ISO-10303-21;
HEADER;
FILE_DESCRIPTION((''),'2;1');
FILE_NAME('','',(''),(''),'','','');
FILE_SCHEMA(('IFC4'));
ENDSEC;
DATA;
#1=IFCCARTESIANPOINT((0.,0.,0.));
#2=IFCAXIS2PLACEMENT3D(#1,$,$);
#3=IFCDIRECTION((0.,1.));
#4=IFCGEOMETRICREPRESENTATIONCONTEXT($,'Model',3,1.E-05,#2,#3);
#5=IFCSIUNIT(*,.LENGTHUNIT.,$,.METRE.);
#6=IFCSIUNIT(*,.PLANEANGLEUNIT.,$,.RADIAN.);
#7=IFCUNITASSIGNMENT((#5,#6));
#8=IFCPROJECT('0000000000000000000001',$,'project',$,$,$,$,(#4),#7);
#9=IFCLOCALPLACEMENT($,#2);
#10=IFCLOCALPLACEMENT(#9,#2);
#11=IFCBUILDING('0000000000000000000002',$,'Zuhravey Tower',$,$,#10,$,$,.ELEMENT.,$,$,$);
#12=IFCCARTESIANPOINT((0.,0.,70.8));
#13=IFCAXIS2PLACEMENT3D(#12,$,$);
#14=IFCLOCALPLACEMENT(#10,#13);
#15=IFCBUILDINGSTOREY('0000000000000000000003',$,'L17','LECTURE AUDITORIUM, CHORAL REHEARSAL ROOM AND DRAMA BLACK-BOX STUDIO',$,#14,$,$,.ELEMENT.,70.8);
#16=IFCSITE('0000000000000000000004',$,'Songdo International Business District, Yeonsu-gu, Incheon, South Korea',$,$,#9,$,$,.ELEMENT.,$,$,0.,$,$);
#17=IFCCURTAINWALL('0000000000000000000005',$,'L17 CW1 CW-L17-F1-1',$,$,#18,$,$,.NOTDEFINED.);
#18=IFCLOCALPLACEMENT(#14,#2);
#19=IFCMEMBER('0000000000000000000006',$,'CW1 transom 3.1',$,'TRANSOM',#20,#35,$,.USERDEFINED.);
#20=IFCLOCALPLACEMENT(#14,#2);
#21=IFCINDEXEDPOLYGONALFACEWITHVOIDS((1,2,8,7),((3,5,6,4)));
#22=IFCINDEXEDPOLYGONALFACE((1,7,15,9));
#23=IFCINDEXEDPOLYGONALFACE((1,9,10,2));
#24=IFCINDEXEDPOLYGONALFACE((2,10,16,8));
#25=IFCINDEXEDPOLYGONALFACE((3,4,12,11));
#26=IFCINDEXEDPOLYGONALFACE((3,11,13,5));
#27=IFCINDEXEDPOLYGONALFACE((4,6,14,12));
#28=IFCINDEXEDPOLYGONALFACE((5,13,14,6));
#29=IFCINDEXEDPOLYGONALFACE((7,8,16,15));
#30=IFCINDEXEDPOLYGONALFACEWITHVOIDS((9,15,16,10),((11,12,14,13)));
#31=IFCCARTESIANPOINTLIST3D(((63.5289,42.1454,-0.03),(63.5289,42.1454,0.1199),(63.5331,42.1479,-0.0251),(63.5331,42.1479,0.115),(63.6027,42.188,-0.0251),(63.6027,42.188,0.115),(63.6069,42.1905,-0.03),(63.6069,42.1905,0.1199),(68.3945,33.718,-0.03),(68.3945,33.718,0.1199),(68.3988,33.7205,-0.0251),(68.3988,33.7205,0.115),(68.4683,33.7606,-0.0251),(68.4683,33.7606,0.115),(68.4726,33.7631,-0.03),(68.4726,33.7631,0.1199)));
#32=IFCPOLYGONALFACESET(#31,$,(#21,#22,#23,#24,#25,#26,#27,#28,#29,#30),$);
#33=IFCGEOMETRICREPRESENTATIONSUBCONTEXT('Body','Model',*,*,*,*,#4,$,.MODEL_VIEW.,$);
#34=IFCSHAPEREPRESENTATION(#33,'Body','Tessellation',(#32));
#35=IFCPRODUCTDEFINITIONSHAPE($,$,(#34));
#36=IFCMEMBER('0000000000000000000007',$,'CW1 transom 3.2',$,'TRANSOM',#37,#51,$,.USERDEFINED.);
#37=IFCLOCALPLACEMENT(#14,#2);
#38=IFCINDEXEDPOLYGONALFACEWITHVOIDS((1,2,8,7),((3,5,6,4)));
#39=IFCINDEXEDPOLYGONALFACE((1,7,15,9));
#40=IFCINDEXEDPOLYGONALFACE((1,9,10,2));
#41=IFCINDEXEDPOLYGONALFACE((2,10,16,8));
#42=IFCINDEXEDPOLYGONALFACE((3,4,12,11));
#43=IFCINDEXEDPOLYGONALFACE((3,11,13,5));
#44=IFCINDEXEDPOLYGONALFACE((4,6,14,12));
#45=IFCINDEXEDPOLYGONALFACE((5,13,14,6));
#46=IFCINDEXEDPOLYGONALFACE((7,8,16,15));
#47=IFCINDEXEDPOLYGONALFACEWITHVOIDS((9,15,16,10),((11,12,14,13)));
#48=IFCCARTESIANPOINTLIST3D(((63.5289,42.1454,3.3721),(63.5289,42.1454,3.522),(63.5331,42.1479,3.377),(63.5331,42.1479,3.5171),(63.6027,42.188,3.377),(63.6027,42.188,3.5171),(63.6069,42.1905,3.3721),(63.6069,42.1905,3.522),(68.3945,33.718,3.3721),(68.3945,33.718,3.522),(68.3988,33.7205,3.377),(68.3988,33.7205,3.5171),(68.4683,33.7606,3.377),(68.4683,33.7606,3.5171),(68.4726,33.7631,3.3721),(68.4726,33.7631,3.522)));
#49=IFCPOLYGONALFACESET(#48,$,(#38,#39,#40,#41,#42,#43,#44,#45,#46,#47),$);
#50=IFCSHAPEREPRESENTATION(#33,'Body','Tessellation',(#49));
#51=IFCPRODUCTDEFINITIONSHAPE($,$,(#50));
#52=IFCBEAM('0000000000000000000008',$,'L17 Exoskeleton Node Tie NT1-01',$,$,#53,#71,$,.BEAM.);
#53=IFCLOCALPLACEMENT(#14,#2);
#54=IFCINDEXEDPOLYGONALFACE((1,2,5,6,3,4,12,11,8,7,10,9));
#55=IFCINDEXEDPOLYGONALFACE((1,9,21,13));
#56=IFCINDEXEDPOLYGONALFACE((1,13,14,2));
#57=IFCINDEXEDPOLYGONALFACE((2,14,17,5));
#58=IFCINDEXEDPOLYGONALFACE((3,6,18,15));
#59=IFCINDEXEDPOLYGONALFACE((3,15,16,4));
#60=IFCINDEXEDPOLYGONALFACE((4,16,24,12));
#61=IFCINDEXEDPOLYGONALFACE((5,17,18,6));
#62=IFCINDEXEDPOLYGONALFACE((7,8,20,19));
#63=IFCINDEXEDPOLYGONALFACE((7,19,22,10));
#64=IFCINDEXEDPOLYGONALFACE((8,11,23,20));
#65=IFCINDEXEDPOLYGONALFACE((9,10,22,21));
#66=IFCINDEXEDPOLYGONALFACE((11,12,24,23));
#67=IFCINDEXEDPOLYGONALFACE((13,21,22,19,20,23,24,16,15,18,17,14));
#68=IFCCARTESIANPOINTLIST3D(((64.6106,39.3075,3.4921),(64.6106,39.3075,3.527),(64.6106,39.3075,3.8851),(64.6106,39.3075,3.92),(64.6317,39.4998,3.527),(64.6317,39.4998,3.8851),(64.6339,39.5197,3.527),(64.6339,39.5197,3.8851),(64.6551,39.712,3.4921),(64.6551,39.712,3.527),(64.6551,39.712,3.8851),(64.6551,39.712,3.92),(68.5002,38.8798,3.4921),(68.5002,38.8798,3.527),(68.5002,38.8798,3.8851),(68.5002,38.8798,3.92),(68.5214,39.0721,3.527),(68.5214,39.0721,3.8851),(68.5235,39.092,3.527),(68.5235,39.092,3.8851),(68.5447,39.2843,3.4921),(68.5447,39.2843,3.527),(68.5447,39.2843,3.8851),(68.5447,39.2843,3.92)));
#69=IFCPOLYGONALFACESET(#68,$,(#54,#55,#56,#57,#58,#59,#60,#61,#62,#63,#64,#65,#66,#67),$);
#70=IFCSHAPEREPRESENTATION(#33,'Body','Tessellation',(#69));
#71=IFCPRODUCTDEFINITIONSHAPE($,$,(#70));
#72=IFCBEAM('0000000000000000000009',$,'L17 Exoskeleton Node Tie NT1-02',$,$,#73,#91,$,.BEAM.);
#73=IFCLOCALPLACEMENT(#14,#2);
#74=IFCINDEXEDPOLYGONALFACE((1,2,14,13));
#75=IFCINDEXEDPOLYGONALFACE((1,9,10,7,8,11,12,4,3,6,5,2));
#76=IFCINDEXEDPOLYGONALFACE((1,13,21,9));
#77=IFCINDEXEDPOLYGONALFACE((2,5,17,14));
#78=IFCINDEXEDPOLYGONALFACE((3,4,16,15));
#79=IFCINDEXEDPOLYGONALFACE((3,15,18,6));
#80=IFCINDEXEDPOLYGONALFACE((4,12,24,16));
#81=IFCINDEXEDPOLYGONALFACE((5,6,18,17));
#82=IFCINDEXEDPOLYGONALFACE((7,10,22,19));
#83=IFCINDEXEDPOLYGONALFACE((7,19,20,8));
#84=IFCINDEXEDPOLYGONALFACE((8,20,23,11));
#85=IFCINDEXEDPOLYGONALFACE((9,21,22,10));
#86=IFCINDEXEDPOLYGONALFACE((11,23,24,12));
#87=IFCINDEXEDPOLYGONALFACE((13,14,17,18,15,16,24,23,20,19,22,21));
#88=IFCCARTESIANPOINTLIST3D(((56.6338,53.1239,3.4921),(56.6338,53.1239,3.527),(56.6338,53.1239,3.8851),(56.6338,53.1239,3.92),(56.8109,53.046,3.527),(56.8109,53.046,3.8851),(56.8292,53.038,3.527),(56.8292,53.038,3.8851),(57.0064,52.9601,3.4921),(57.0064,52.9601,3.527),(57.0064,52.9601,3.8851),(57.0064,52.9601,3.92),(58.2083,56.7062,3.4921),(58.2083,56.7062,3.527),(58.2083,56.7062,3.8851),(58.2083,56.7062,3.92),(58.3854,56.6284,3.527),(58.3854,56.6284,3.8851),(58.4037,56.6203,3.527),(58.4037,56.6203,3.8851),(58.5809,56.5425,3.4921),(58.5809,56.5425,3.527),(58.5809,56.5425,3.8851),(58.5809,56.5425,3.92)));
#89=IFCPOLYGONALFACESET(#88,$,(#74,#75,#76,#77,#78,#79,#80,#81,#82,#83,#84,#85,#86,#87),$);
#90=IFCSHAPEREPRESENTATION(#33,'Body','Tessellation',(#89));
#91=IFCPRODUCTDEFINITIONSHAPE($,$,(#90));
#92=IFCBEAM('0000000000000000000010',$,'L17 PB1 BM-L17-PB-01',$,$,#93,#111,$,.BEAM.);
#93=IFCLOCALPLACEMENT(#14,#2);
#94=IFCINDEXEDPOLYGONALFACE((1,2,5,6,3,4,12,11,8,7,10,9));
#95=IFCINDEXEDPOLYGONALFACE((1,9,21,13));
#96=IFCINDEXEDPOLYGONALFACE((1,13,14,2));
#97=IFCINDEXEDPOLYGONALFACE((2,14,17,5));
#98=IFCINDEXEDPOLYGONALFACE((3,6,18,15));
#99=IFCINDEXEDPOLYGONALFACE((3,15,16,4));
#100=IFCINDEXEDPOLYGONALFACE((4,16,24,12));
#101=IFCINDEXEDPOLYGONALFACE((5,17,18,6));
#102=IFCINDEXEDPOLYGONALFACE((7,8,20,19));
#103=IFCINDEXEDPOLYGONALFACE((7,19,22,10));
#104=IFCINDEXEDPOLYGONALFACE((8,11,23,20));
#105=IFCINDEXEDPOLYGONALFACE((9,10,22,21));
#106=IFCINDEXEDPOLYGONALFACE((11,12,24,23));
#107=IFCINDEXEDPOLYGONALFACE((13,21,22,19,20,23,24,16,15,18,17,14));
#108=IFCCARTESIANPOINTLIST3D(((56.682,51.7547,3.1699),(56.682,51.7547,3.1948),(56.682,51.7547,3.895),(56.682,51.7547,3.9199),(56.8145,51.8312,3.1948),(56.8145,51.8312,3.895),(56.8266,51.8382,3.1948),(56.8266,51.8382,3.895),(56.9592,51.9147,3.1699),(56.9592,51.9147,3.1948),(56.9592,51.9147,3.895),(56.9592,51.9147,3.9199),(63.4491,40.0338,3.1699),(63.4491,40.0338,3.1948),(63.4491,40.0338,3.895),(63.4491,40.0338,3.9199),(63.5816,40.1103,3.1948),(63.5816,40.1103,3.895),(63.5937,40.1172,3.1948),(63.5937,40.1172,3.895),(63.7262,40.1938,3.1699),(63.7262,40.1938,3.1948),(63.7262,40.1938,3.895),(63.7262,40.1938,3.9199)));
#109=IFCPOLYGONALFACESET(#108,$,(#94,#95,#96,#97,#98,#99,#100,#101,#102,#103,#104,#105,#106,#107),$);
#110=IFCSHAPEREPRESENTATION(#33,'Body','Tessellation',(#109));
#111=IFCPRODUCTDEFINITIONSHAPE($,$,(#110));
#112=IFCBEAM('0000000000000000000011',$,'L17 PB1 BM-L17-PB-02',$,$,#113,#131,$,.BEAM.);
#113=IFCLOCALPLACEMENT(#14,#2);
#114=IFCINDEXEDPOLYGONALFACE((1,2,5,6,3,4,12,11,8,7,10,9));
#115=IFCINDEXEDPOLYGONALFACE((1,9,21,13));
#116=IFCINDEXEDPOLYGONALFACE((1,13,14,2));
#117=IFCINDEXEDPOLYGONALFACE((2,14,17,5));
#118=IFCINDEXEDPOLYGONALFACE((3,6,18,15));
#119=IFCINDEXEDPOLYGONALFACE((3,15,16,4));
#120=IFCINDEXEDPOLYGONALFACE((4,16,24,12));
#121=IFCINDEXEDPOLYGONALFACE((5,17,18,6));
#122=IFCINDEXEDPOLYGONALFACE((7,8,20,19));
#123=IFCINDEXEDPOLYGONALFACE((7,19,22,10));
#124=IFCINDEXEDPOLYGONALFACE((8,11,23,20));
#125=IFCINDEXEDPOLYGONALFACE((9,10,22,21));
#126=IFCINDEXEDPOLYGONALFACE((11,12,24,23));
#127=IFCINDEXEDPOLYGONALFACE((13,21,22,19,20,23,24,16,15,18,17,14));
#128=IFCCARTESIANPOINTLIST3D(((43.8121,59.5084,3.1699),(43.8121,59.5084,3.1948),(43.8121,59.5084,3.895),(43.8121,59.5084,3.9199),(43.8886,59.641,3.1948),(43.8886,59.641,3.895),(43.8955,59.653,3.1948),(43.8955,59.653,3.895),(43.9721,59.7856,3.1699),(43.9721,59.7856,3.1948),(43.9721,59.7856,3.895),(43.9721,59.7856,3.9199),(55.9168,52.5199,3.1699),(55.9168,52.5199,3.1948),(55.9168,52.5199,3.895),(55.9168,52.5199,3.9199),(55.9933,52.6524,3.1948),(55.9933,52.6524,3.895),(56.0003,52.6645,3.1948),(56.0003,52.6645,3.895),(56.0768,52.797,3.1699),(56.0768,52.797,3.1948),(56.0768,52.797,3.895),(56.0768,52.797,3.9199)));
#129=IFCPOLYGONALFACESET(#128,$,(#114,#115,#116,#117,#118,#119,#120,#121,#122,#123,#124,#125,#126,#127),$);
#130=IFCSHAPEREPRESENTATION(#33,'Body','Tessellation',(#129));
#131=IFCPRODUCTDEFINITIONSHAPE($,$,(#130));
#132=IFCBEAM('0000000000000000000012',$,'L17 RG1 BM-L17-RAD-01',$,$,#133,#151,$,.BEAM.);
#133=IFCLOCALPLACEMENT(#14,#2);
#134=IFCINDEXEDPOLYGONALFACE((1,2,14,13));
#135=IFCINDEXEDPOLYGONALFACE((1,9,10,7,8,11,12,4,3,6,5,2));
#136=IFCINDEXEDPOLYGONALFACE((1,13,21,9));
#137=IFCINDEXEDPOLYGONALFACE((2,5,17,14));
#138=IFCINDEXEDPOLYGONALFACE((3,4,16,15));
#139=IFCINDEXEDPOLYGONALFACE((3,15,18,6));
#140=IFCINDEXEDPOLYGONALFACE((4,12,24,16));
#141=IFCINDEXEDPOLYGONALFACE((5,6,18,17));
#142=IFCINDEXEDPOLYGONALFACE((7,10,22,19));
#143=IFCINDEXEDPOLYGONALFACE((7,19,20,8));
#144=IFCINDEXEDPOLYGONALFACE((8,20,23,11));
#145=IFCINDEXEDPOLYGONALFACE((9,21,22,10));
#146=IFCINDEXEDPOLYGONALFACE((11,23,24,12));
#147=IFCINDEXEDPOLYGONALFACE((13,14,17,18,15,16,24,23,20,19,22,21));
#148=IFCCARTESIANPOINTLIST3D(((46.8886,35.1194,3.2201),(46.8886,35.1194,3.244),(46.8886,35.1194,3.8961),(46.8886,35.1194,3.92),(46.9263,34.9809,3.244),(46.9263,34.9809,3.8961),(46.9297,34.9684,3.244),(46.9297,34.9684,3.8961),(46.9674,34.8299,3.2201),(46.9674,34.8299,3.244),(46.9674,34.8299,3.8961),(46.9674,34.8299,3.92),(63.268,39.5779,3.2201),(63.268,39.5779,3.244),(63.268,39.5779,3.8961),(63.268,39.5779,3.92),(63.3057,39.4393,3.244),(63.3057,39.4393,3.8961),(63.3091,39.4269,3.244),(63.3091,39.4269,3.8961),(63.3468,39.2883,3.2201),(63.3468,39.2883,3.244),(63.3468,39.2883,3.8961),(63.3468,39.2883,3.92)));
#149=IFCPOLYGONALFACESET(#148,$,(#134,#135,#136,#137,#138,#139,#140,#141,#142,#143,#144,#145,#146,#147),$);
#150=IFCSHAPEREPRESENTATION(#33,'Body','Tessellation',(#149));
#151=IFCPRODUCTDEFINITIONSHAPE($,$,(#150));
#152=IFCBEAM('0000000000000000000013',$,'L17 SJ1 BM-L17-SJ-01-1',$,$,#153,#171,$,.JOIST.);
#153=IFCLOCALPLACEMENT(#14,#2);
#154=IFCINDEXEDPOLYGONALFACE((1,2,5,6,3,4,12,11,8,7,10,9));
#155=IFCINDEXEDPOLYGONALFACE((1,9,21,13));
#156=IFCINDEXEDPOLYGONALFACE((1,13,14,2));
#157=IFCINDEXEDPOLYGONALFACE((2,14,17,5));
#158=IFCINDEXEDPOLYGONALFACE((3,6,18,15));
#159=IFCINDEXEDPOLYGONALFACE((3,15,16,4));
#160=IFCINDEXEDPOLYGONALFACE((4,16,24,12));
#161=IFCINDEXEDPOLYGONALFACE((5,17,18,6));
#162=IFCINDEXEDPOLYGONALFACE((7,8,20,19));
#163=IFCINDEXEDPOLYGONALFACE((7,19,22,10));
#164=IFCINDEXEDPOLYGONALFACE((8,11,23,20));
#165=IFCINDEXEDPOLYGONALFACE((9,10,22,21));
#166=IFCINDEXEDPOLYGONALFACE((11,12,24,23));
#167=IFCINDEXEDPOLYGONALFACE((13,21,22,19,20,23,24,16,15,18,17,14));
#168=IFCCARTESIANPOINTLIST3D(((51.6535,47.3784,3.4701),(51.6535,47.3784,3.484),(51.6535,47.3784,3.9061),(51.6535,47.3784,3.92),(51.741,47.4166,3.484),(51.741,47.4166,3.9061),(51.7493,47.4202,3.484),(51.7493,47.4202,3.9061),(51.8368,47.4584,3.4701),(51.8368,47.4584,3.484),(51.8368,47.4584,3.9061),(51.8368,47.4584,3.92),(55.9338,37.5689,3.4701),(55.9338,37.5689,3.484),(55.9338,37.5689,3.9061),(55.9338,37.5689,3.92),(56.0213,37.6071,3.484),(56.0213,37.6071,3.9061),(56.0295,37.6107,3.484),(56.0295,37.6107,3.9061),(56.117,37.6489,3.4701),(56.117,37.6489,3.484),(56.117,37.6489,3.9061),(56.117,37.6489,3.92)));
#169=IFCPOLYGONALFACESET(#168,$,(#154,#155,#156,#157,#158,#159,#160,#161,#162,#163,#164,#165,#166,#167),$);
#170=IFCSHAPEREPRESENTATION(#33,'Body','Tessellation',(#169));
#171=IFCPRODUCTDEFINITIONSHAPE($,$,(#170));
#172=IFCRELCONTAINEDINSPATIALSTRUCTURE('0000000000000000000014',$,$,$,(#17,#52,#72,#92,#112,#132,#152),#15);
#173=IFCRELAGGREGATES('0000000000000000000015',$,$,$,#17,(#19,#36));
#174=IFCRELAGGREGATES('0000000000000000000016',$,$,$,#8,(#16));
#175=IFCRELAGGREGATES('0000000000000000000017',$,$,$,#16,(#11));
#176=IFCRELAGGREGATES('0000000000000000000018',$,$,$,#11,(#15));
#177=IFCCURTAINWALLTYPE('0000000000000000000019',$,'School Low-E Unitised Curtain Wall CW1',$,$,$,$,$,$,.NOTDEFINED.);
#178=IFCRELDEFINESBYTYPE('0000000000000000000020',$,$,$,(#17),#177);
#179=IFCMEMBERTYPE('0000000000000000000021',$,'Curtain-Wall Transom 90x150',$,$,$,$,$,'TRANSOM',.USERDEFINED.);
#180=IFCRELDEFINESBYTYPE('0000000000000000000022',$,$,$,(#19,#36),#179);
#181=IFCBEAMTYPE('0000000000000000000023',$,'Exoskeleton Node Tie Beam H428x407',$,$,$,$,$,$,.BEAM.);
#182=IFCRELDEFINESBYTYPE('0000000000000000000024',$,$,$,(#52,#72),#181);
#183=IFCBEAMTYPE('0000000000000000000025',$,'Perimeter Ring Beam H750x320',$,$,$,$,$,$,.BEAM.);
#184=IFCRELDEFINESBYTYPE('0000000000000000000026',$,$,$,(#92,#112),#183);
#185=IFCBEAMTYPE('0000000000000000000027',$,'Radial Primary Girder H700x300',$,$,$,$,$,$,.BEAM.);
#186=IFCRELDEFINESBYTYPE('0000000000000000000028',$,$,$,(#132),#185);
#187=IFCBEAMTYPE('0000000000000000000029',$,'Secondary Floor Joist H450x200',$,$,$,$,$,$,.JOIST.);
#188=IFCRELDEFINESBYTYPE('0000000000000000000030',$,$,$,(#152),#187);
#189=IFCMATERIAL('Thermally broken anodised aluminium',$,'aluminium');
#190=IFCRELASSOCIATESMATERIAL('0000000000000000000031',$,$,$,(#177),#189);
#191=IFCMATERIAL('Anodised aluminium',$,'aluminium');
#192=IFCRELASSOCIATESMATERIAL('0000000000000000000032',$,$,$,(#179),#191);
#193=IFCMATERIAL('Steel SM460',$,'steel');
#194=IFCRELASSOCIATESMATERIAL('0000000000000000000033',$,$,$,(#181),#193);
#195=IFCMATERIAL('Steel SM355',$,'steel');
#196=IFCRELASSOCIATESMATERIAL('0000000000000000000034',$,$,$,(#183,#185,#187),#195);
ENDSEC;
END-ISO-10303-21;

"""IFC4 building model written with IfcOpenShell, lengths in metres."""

from ifc_helpers import new_model, si_unit, direction, frame, origin, origin_2d, place, context, subcontext, project, spatial, hollow_rectangle, i_section, extrude, material, material_profile, profile_set, type_object, element, aggregate, save


model = new_model("IFC4")

# Units and contexts
model_context = context("Model", 3, precision=1e-05, world=origin(), true_north=direction((0.0, 1.0)))
body_context = subcontext(model_context, "Body", "Model", "MODEL_VIEW")
ifc_project = project(units=[si_unit("LENGTHUNIT", "METRE"), si_unit("PLANEANGLEUNIT", "RADIAN")], contexts=[model_context])

# Site, building, storey
site_placement = place(None, origin())
site = spatial("IfcSite", under=ifc_project, at=site_placement, Name="Songdo International Business District, Yeonsu-gu, Incheon, South Korea", CompositionType="ELEMENT", RefElevation=0.0)
building_placement = place(site_placement, origin())
building = spatial("IfcBuilding", under=site, at=building_placement, Name="Zuhravey Tower", CompositionType="ELEMENT")
storey_placement = place(building_placement, frame((0.0, 0.0, 70.8)))
storey = spatial("IfcBuildingStorey", under=building, at=storey_placement, Name="L17", Description="LECTURE AUDITORIUM, CHORAL REHEARSAL ROOM AND DRAMA BLACK-BOX STUDIO", CompositionType="ELEMENT", Elevation=70.8)

# Shared definitions
ifc_material_1 = material(Name="Thermally broken anodised aluminium", Category="aluminium")
curtain_wall_type = type_object("IfcCurtainWallType", Name="School Low-E Unitised Curtain Wall CW1", PredefinedType="NOTDEFINED", material=ifc_material_1)
ifc_material_2 = material(Name="Anodised aluminium", Category="aluminium")

# Curtain wall, members
curtain_wall_1_placement = place(storey_placement, origin())
curtain_wall_1 = element("IfcCurtainWall", 1, at=curtain_wall_1_placement, inside=storey, type_object=curtain_wall_type, Name="L17 CW1 CW-L17-F1-1", PredefinedType="NOTDEFINED")
ifc_material_profile_1 = material_profile(ifc_material_2, hollow_rectangle(XDim=0.0901, YDim=0.1499, WallThickness=0.0049, at=origin_2d()), Name="ALU-RHS-90x150x5")
ifc_profile_set_1 = profile_set([ifc_material_profile_1], Name="Anodised aluminium")
member_type_1 = type_object("IfcMemberType", Name="Curtain-Wall Transom 90x150", ElementType="TRANSOM", PredefinedType="USERDEFINED", material=ifc_profile_set_1)
member_1_placement = place(storey_placement, frame((63.5679, 42.168, 0.0449), z_axis=(0.500008, -0.866021, 0.0), x_axis=(0.866021, 0.500008, 0.0)))
member_1 = element("IfcMember", 2, at=member_1_placement, type_object=member_type_1, Name="CW1 transom 3.1", ObjectType="TRANSOM", PredefinedType="USERDEFINED", context=body_context, shape_type="SweptSolid", body=[
    extrude(hollow_rectangle(XDim=0.0901, YDim=0.1499, WallThickness=0.0049, at=origin_2d()), origin(), (0.0, 0.0, 1.0), 9.7312),
])
member_2_placement = place(storey_placement, frame((63.5679, 42.168, 3.447), z_axis=(0.500008, -0.866021, 0.0), x_axis=(0.866021, 0.500008, 0.0)))
member_2 = element("IfcMember", 3, at=member_2_placement, type_object=member_type_1, Name="CW1 transom 3.2", ObjectType="TRANSOM", PredefinedType="USERDEFINED", context=body_context, shape_type="SweptSolid", body=[
    extrude(hollow_rectangle(XDim=0.0901, YDim=0.1499, WallThickness=0.0049, at=origin_2d()), origin(), (0.0, 0.0, 1.0), 9.7312),
])

# Beams
ifc_material_3 = material(Name="Steel SM460", Category="steel")
ifc_material_profile_2 = material_profile(ifc_material_3, i_section(OverallWidth=0.407, OverallDepth=0.428, WebThickness=0.02, FlangeThickness=0.0349, at=origin_2d()), Name="H-428x407x20x35")
ifc_profile_set_2 = profile_set([ifc_material_profile_2], Name="Steel SM460")
beam_type_1 = type_object("IfcBeamType", Name="Exoskeleton Node Tie Beam H428x407", PredefinedType="BEAM", material=ifc_profile_set_2)
for number, where, z_axis, x_axis, name in (
    (4, (64.6328, 39.5098, 3.7061), (0.994008, -0.109308, 0.0), (0.109308, 0.994008, 0.0), "L17 Exoskeleton Node Tie NT1-01"),
    (5, (56.8201, 53.042, 3.7061), (0.402366, 0.915479, 0.0), (-0.915479, 0.402366, 0.0), "L17 Exoskeleton Node Tie NT1-02"),
):
    element("IfcBeam", number, at=place(storey_placement, frame(where, z_axis=z_axis, x_axis=x_axis)), inside=storey, type_object=beam_type_1, Name=name, PredefinedType="BEAM", context=body_context, shape_type="SweptSolid", body=[
        extrude(i_section(OverallWidth=0.407, OverallDepth=0.428, WebThickness=0.02, FlangeThickness=0.0349, at=origin_2d()), origin(), (0.0, 0.0, 1.0), 3.9131),
    ])
ifc_material_4 = material(Name="Steel SM355", Category="steel")
ifc_material_profile_3 = material_profile(ifc_material_4, i_section(OverallWidth=0.3201, OverallDepth=0.75, WebThickness=0.0139, FlangeThickness=0.0249, at=origin_2d()), Name="H-750x320x14x25")
ifc_profile_set_3 = profile_set([ifc_material_profile_3], Name="Steel SM355")
beam_type_2 = type_object("IfcBeamType", Name="Perimeter Ring Beam H750x320", PredefinedType="BEAM", material=ifc_profile_set_3)
beam_1_placement = place(storey_placement, frame((63.5876, 40.1138, 3.5449), z_axis=(-0.5, 0.866025, 0.0), x_axis=(-0.866025, -0.5, 0.0)))
element("IfcBeam", 6, at=beam_1_placement, inside=storey, type_object=beam_type_2, Name="L17 PB1 BM-L17-PB-01", PredefinedType="BEAM", context=body_context, shape_type="SweptSolid", body=[
    extrude(i_section(OverallWidth=0.3201, OverallDepth=0.75, WebThickness=0.0139, FlangeThickness=0.0249, at=origin_2d()), origin(), (0.0, 0.0, 1.0), 13.5342),
])
beam_2_placement = place(storey_placement, frame((55.9968, 52.6584, 3.5449), z_axis=(-0.86603, 0.499992, 0.0), x_axis=(-0.499992, -0.86603, 0.0)))
element("IfcBeam", 7, at=beam_2_placement, inside=storey, type_object=beam_type_2, Name="L17 PB1 BM-L17-PB-02", PredefinedType="BEAM", context=body_context, shape_type="SweptSolid", body=[
    extrude(i_section(OverallWidth=0.3201, OverallDepth=0.75, WebThickness=0.0139, FlangeThickness=0.0249, at=origin_2d()), origin(), (0.0, 0.0, 1.0), 13.9773),
])
ifc_material_profile_4 = material_profile(ifc_material_4, i_section(OverallWidth=0.3, OverallDepth=0.7, WebThickness=0.0129, FlangeThickness=0.0239, at=origin_2d()), Name="H-700x300x13x24")
ifc_profile_set_4 = profile_set([ifc_material_profile_4], Name="Steel SM355")
beam_type_3 = type_object("IfcBeamType", Name="Radial Primary Girder H700x300", PredefinedType="BEAM", material=ifc_profile_set_4)
beam_3_placement = place(storey_placement, frame((46.928, 34.9746, 3.5701), z_axis=(0.964892, 0.262645, 0.0), x_axis=(-0.262645, 0.964892, 0.0)))
element("IfcBeam", 8, at=beam_3_placement, inside=storey, type_object=beam_type_3, Name="L17 RG1 BM-L17-RAD-01", PredefinedType="BEAM", context=body_context, shape_type="SweptSolid", body=[
    extrude(i_section(OverallWidth=0.3, OverallDepth=0.7, WebThickness=0.0129, FlangeThickness=0.0239, at=origin_2d()), origin(), (0.0, 0.0, 1.0), 16.9753),
])
ifc_material_profile_5 = material_profile(ifc_material_4, i_section(OverallWidth=0.2, OverallDepth=0.45, WebThickness=0.009, FlangeThickness=0.0139, at=origin_2d()), Name="H-450x200x9x14")
ifc_profile_set_5 = profile_set([ifc_material_profile_5], Name="Steel SM355")
beam_type_4 = type_object("IfcBeamType", Name="Secondary Floor Joist H450x200", PredefinedType="JOIST", material=ifc_profile_set_5)
beam_4_placement = place(storey_placement, frame((56.0254, 37.6089, 3.6951), z_axis=(-0.399924, 0.916549, 0.0), x_axis=(-0.916549, -0.399924, 0.0)))
element("IfcBeam", 9, at=beam_4_placement, inside=storey, type_object=beam_type_4, Name="L17 SJ1 BM-L17-SJ-01-1", PredefinedType="JOIST", context=body_context, shape_type="SweptSolid", body=[
    extrude(i_section(OverallWidth=0.2, OverallDepth=0.45, WebThickness=0.009, FlangeThickness=0.0139, at=origin_2d()), origin(), (0.0, 0.0, 1.0), 10.7026),
])

aggregate(curtain_wall_1, [member_1, member_2])

save(model, "model.ifc")
